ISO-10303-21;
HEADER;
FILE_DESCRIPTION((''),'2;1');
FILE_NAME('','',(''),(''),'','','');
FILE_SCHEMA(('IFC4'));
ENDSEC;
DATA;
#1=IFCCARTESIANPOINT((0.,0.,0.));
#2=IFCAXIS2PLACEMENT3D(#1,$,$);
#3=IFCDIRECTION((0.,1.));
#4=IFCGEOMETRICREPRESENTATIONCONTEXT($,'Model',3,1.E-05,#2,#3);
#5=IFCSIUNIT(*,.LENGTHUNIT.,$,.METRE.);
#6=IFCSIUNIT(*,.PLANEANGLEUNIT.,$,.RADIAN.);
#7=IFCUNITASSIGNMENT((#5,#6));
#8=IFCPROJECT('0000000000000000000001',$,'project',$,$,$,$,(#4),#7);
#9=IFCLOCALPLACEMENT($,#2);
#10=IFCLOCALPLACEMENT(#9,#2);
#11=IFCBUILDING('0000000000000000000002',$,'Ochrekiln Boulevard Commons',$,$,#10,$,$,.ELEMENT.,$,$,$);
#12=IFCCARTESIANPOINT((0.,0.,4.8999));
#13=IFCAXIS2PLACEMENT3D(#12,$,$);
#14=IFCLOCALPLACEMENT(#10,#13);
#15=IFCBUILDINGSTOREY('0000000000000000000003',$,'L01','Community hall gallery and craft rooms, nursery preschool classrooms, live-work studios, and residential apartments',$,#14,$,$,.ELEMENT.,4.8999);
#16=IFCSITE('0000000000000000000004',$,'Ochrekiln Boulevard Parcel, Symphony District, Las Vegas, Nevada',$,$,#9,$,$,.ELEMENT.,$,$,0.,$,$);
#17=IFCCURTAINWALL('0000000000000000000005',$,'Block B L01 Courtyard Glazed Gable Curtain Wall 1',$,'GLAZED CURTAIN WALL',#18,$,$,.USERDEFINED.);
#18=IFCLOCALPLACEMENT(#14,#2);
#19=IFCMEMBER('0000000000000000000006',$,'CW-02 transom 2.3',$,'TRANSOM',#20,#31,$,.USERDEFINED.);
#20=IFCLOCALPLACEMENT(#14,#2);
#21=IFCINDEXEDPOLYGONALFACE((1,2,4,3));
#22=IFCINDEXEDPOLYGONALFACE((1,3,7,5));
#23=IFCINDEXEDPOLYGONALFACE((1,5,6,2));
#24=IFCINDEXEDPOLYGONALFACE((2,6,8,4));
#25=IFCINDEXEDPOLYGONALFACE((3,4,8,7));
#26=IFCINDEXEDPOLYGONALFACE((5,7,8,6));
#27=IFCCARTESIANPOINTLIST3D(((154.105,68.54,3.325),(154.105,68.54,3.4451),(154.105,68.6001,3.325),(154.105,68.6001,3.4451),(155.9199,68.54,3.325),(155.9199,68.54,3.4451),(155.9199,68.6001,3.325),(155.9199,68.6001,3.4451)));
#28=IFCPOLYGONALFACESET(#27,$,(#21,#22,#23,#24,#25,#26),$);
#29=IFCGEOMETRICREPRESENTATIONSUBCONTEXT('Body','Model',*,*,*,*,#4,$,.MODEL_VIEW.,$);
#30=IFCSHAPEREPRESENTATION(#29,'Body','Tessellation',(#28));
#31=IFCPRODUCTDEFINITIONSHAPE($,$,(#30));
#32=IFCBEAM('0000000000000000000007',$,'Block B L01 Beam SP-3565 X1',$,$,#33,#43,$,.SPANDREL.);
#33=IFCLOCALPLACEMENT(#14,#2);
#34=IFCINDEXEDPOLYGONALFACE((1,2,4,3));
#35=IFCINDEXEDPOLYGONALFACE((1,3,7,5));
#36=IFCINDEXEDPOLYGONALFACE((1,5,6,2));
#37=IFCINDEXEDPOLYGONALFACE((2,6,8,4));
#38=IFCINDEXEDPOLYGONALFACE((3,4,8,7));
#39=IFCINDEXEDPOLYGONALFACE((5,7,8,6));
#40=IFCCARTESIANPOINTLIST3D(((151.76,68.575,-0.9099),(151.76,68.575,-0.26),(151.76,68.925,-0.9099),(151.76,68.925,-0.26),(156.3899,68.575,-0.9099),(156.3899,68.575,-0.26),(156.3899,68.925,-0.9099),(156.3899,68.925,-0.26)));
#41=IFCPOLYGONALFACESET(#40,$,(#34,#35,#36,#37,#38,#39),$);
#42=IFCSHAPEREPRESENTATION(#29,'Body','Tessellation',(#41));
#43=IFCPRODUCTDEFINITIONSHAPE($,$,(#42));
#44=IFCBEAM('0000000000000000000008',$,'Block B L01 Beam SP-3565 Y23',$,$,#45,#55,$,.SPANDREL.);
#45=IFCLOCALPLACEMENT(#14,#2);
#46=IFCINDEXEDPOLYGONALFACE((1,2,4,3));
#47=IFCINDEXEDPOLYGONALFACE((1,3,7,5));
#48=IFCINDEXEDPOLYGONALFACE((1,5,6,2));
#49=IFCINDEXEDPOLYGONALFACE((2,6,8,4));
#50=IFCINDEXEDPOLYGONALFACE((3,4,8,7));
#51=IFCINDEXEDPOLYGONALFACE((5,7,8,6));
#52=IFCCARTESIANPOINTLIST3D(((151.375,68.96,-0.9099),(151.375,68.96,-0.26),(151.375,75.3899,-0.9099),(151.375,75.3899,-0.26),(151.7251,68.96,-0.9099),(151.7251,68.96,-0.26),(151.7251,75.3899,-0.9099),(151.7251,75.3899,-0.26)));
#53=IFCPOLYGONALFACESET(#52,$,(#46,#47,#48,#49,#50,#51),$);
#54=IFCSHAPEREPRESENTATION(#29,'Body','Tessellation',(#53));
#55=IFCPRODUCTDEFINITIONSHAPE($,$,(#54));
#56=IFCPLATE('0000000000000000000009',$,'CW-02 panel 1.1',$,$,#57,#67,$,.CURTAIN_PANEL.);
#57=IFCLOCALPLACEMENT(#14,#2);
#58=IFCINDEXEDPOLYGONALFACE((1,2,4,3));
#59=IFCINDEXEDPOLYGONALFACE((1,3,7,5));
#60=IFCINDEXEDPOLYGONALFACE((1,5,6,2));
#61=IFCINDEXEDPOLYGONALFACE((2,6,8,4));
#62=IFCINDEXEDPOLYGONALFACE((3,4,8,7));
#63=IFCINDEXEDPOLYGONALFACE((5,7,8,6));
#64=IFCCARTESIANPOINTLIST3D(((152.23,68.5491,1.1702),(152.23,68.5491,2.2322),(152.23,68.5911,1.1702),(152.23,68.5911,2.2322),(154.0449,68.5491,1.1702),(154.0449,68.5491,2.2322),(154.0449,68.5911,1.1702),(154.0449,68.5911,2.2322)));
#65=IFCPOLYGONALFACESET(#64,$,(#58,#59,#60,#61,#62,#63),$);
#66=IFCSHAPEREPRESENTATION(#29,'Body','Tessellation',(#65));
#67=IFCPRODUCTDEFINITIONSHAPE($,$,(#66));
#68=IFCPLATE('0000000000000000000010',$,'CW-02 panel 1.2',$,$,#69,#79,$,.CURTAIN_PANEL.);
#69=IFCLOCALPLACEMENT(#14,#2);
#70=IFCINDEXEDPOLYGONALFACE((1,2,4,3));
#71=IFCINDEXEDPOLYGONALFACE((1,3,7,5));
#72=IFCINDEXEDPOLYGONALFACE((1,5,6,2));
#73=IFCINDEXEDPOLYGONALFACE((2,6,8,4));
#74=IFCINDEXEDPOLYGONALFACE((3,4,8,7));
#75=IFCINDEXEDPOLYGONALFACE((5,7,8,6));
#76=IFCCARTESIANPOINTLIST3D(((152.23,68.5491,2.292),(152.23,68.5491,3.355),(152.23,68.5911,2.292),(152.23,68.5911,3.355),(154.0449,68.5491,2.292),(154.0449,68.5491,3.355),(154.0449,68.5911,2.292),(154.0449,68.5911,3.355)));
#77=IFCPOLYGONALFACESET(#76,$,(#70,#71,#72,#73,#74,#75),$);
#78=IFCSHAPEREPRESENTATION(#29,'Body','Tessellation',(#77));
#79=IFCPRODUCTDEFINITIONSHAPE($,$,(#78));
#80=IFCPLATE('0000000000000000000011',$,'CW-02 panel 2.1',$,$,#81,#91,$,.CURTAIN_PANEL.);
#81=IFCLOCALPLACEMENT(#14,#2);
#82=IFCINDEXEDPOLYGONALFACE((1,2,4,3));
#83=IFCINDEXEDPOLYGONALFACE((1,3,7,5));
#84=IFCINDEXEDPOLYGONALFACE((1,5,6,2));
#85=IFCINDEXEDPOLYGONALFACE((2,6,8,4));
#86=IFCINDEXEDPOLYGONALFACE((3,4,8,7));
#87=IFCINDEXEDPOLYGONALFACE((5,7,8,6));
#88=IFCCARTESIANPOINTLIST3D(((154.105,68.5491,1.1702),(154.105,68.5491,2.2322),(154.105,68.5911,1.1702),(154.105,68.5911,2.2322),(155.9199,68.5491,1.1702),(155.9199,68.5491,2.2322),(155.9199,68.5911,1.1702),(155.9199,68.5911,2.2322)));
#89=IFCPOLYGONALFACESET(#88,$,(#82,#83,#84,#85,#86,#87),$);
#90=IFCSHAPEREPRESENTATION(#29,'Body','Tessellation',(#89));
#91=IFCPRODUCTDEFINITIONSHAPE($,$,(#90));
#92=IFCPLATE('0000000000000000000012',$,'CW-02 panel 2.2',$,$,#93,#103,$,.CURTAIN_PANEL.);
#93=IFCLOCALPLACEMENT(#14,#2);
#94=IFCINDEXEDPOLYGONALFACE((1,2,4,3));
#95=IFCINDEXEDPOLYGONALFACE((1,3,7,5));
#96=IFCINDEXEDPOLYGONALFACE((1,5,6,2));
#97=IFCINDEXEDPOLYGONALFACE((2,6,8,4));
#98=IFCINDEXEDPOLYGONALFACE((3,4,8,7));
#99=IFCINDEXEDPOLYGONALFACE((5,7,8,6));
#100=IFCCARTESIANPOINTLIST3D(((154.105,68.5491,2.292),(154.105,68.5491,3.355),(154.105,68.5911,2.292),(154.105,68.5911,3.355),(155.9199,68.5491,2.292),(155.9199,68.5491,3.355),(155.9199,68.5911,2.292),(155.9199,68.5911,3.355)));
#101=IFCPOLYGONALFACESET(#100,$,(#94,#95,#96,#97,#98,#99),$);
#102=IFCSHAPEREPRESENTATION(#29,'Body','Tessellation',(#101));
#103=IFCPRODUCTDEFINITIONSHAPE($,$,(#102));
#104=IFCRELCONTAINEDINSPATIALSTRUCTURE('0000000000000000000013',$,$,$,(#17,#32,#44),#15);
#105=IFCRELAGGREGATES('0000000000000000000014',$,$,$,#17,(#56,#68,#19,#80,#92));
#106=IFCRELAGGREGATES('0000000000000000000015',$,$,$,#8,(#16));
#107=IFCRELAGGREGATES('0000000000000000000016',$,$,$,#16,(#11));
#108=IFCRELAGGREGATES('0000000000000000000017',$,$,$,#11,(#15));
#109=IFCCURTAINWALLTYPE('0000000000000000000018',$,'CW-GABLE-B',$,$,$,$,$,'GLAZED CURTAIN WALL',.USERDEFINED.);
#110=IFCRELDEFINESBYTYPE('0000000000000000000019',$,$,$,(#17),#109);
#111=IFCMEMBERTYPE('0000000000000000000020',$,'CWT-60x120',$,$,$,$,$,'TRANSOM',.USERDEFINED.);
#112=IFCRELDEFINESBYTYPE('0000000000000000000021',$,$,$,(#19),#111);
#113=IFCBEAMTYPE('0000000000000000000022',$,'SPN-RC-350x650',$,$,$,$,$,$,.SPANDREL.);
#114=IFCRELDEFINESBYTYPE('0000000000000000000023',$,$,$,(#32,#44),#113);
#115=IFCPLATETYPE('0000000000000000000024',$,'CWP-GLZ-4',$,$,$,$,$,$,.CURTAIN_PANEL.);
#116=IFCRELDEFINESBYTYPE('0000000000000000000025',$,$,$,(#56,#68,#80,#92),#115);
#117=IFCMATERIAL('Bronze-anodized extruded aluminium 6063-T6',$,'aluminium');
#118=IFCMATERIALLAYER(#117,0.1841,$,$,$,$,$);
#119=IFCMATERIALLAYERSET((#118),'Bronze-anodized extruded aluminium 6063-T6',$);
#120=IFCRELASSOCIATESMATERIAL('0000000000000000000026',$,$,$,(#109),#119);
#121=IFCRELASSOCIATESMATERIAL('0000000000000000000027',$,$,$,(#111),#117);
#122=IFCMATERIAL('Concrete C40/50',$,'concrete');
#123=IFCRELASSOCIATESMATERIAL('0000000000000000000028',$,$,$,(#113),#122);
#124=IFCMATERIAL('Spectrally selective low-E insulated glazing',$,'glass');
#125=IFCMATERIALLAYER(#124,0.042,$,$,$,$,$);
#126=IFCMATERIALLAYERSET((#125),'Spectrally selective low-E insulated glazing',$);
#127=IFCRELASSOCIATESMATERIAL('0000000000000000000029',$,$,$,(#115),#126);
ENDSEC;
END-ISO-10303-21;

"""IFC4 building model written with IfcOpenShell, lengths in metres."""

from ifc_helpers import new_model, si_unit, direction, frame, origin, origin_2d, place, context, subcontext, project, spatial, rectangle, extrude, material, layer, layer_set, material_profile, profile_set, type_object, element, aggregate, save


model = new_model("IFC4")

# Units and contexts
model_context = context("Model", 3, precision=1e-05, world=origin(), true_north=direction((0.0, 1.0)))
body_context = subcontext(model_context, "Body", "Model", "MODEL_VIEW")
ifc_project = project(units=[si_unit("LENGTHUNIT", "METRE"), si_unit("PLANEANGLEUNIT", "RADIAN")], contexts=[model_context])

# Site, building, storey
site_placement = place(None, origin())
site = spatial("IfcSite", under=ifc_project, at=site_placement, Name="Ochrekiln Boulevard Parcel, Symphony District, Las Vegas, Nevada", CompositionType="ELEMENT", RefElevation=0.0)
building_placement = place(site_placement, origin())
building = spatial("IfcBuilding", under=site, at=building_placement, Name="Ochrekiln Boulevard Commons", CompositionType="ELEMENT")
storey_placement = place(building_placement, frame((0.0, 0.0, 4.8999)))
storey = spatial("IfcBuildingStorey", under=building, at=storey_placement, Name="L01", Description="Community hall gallery and craft rooms, nursery preschool classrooms, live-work studios, and residential apartments", CompositionType="ELEMENT", Elevation=4.8999)

# Shared definitions
ifc_material_1 = material(Name="Concrete C40/50", Category="concrete")

# Curtain wall, member
ifc_material_2 = material(Name="Bronze-anodized extruded aluminium 6063-T6", Category="aluminium")
ifc_layer_1 = layer(ifc_material_2, 0.1841)
ifc_layer_set_1 = layer_set([ifc_layer_1], Name="Bronze-anodized extruded aluminium 6063-T6")
curtain_wall_type = type_object("IfcCurtainWallType", Name="CW-GABLE-B", ElementType="GLAZED CURTAIN WALL", PredefinedType="USERDEFINED", material=ifc_layer_set_1)
curtain_wall_placement = place(storey_placement, origin())
curtain_wall = element("IfcCurtainWall", 1, at=curtain_wall_placement, inside=storey, type_object=curtain_wall_type, Name="Block B L01 Courtyard Glazed Gable Curtain Wall 1", ObjectType="GLAZED CURTAIN WALL", PredefinedType="USERDEFINED")
ifc_material_profile_1 = material_profile(ifc_material_2, rectangle(XDim=0.0601, YDim=0.1201, at=origin_2d()), Name="ALU-TRN-60x120")
ifc_profile_set_1 = profile_set([ifc_material_profile_1], Name="Bronze-anodized extruded aluminium 6063-T6")
member_type_1 = type_object("IfcMemberType", Name="CWT-60x120", ElementType="TRANSOM", PredefinedType="USERDEFINED", material=ifc_profile_set_1)
member_1_placement = place(storey_placement, frame((154.105, 68.5701, 3.385), z_axis=(1.0, 0.0, 0.0), x_axis=(0.0, 1.0, 0.0)))
member_1 = element("IfcMember", 2, at=member_1_placement, type_object=member_type_1, Name="CW-02 transom 2.3", ObjectType="TRANSOM", PredefinedType="USERDEFINED", context=body_context, shape_type="SweptSolid", body=[
    extrude(rectangle(XDim=0.0601, YDim=0.1201, at=origin_2d()), origin(), (0.0, 0.0, 1.0), 1.8149),
])

# Beams
ifc_material_profile_2 = material_profile(ifc_material_1, rectangle(XDim=0.3501, YDim=0.6499, at=origin_2d()), Name="RC-SPN-350x650")
ifc_profile_set_2 = profile_set([ifc_material_profile_2], Name="Concrete C40/50")
beam_type_1 = type_object("IfcBeamType", Name="SPN-RC-350x650", PredefinedType="SPANDREL", material=ifc_profile_set_2)
beam_1_placement = place(storey_placement, frame((151.76, 68.75, -0.585), z_axis=(1.0, 0.0, 0.0), x_axis=(0.0, 1.0, 0.0)))
element("IfcBeam", 3, at=beam_1_placement, inside=storey, type_object=beam_type_1, Name="Block B L01 Beam SP-3565 X1", PredefinedType="SPANDREL", context=body_context, shape_type="SweptSolid", body=[
    extrude(rectangle(XDim=0.3501, YDim=0.6499, at=origin_2d()), origin(), (0.0, 0.0, 1.0), 4.6299),
])
beam_2_placement = place(storey_placement, frame((151.55, 68.96, -0.585), z_axis=(0.0, 1.0, 0.0), x_axis=(-1.0, 0.0, 0.0)))
element("IfcBeam", 4, at=beam_2_placement, inside=storey, type_object=beam_type_1, Name="Block B L01 Beam SP-3565 Y23", PredefinedType="SPANDREL", context=body_context, shape_type="SweptSolid", body=[
    extrude(rectangle(XDim=0.3501, YDim=0.6499, at=origin_2d()), origin(), (0.0, 0.0, 1.0), 6.4299),
])

# Plates
ifc_material_3 = material(Name="Spectrally selective low-E insulated glazing", Category="glass")
ifc_layer_2 = layer(ifc_material_3, 0.042)
ifc_layer_set_2 = layer_set([ifc_layer_2], Name="Spectrally selective low-E insulated glazing")
plate_type = type_object("IfcPlateType", Name="CWP-GLZ-4", PredefinedType="CURTAIN_PANEL", material=ifc_layer_set_2)
plate_1_placement = place(storey_placement, frame((153.1375, 68.5701, 1.1702), z_axis=(0.0, 0.0, 1.0), x_axis=(1.0, 0.0, 0.0)))
plate_1 = element("IfcPlate", 5, at=plate_1_placement, type_object=plate_type, Name="CW-02 panel 1.1", PredefinedType="CURTAIN_PANEL", context=body_context, shape_type="SweptSolid", body=[
    extrude(rectangle(XDim=1.8149, YDim=0.042, at=origin_2d()), origin(), (0.0, 0.0, 1.0), 1.062),
])
plate_2_placement = place(storey_placement, frame((153.1375, 68.5701, 2.292), z_axis=(0.0, 0.0, 1.0), x_axis=(1.0, 0.0, 0.0)))
plate_2 = element("IfcPlate", 6, at=plate_2_placement, type_object=plate_type, Name="CW-02 panel 1.2", PredefinedType="CURTAIN_PANEL", context=body_context, shape_type="SweptSolid", body=[
    extrude(rectangle(XDim=1.8149, YDim=0.042, at=origin_2d()), origin(), (0.0, 0.0, 1.0), 1.063),
])
plate_3_placement = place(storey_placement, frame((155.0125, 68.5701, 1.1702), z_axis=(0.0, 0.0, 1.0), x_axis=(1.0, 0.0, 0.0)))
plate_3 = element("IfcPlate", 7, at=plate_3_placement, type_object=plate_type, Name="CW-02 panel 2.1", PredefinedType="CURTAIN_PANEL", context=body_context, shape_type="SweptSolid", body=[
    extrude(rectangle(XDim=1.8149, YDim=0.042, at=origin_2d()), origin(), (0.0, 0.0, 1.0), 1.062),
])
plate_4_placement = place(storey_placement, frame((155.0125, 68.5701, 2.292), z_axis=(0.0, 0.0, 1.0), x_axis=(1.0, 0.0, 0.0)))
plate_4 = element("IfcPlate", 8, at=plate_4_placement, type_object=plate_type, Name="CW-02 panel 2.2", PredefinedType="CURTAIN_PANEL", context=body_context, shape_type="SweptSolid", body=[
    extrude(rectangle(XDim=1.8149, YDim=0.042, at=origin_2d()), origin(), (0.0, 0.0, 1.0), 1.063),
])
aggregate(curtain_wall, [plate_1, plate_2, member_1, plate_3, plate_4])

save(model, "model.ifc")
